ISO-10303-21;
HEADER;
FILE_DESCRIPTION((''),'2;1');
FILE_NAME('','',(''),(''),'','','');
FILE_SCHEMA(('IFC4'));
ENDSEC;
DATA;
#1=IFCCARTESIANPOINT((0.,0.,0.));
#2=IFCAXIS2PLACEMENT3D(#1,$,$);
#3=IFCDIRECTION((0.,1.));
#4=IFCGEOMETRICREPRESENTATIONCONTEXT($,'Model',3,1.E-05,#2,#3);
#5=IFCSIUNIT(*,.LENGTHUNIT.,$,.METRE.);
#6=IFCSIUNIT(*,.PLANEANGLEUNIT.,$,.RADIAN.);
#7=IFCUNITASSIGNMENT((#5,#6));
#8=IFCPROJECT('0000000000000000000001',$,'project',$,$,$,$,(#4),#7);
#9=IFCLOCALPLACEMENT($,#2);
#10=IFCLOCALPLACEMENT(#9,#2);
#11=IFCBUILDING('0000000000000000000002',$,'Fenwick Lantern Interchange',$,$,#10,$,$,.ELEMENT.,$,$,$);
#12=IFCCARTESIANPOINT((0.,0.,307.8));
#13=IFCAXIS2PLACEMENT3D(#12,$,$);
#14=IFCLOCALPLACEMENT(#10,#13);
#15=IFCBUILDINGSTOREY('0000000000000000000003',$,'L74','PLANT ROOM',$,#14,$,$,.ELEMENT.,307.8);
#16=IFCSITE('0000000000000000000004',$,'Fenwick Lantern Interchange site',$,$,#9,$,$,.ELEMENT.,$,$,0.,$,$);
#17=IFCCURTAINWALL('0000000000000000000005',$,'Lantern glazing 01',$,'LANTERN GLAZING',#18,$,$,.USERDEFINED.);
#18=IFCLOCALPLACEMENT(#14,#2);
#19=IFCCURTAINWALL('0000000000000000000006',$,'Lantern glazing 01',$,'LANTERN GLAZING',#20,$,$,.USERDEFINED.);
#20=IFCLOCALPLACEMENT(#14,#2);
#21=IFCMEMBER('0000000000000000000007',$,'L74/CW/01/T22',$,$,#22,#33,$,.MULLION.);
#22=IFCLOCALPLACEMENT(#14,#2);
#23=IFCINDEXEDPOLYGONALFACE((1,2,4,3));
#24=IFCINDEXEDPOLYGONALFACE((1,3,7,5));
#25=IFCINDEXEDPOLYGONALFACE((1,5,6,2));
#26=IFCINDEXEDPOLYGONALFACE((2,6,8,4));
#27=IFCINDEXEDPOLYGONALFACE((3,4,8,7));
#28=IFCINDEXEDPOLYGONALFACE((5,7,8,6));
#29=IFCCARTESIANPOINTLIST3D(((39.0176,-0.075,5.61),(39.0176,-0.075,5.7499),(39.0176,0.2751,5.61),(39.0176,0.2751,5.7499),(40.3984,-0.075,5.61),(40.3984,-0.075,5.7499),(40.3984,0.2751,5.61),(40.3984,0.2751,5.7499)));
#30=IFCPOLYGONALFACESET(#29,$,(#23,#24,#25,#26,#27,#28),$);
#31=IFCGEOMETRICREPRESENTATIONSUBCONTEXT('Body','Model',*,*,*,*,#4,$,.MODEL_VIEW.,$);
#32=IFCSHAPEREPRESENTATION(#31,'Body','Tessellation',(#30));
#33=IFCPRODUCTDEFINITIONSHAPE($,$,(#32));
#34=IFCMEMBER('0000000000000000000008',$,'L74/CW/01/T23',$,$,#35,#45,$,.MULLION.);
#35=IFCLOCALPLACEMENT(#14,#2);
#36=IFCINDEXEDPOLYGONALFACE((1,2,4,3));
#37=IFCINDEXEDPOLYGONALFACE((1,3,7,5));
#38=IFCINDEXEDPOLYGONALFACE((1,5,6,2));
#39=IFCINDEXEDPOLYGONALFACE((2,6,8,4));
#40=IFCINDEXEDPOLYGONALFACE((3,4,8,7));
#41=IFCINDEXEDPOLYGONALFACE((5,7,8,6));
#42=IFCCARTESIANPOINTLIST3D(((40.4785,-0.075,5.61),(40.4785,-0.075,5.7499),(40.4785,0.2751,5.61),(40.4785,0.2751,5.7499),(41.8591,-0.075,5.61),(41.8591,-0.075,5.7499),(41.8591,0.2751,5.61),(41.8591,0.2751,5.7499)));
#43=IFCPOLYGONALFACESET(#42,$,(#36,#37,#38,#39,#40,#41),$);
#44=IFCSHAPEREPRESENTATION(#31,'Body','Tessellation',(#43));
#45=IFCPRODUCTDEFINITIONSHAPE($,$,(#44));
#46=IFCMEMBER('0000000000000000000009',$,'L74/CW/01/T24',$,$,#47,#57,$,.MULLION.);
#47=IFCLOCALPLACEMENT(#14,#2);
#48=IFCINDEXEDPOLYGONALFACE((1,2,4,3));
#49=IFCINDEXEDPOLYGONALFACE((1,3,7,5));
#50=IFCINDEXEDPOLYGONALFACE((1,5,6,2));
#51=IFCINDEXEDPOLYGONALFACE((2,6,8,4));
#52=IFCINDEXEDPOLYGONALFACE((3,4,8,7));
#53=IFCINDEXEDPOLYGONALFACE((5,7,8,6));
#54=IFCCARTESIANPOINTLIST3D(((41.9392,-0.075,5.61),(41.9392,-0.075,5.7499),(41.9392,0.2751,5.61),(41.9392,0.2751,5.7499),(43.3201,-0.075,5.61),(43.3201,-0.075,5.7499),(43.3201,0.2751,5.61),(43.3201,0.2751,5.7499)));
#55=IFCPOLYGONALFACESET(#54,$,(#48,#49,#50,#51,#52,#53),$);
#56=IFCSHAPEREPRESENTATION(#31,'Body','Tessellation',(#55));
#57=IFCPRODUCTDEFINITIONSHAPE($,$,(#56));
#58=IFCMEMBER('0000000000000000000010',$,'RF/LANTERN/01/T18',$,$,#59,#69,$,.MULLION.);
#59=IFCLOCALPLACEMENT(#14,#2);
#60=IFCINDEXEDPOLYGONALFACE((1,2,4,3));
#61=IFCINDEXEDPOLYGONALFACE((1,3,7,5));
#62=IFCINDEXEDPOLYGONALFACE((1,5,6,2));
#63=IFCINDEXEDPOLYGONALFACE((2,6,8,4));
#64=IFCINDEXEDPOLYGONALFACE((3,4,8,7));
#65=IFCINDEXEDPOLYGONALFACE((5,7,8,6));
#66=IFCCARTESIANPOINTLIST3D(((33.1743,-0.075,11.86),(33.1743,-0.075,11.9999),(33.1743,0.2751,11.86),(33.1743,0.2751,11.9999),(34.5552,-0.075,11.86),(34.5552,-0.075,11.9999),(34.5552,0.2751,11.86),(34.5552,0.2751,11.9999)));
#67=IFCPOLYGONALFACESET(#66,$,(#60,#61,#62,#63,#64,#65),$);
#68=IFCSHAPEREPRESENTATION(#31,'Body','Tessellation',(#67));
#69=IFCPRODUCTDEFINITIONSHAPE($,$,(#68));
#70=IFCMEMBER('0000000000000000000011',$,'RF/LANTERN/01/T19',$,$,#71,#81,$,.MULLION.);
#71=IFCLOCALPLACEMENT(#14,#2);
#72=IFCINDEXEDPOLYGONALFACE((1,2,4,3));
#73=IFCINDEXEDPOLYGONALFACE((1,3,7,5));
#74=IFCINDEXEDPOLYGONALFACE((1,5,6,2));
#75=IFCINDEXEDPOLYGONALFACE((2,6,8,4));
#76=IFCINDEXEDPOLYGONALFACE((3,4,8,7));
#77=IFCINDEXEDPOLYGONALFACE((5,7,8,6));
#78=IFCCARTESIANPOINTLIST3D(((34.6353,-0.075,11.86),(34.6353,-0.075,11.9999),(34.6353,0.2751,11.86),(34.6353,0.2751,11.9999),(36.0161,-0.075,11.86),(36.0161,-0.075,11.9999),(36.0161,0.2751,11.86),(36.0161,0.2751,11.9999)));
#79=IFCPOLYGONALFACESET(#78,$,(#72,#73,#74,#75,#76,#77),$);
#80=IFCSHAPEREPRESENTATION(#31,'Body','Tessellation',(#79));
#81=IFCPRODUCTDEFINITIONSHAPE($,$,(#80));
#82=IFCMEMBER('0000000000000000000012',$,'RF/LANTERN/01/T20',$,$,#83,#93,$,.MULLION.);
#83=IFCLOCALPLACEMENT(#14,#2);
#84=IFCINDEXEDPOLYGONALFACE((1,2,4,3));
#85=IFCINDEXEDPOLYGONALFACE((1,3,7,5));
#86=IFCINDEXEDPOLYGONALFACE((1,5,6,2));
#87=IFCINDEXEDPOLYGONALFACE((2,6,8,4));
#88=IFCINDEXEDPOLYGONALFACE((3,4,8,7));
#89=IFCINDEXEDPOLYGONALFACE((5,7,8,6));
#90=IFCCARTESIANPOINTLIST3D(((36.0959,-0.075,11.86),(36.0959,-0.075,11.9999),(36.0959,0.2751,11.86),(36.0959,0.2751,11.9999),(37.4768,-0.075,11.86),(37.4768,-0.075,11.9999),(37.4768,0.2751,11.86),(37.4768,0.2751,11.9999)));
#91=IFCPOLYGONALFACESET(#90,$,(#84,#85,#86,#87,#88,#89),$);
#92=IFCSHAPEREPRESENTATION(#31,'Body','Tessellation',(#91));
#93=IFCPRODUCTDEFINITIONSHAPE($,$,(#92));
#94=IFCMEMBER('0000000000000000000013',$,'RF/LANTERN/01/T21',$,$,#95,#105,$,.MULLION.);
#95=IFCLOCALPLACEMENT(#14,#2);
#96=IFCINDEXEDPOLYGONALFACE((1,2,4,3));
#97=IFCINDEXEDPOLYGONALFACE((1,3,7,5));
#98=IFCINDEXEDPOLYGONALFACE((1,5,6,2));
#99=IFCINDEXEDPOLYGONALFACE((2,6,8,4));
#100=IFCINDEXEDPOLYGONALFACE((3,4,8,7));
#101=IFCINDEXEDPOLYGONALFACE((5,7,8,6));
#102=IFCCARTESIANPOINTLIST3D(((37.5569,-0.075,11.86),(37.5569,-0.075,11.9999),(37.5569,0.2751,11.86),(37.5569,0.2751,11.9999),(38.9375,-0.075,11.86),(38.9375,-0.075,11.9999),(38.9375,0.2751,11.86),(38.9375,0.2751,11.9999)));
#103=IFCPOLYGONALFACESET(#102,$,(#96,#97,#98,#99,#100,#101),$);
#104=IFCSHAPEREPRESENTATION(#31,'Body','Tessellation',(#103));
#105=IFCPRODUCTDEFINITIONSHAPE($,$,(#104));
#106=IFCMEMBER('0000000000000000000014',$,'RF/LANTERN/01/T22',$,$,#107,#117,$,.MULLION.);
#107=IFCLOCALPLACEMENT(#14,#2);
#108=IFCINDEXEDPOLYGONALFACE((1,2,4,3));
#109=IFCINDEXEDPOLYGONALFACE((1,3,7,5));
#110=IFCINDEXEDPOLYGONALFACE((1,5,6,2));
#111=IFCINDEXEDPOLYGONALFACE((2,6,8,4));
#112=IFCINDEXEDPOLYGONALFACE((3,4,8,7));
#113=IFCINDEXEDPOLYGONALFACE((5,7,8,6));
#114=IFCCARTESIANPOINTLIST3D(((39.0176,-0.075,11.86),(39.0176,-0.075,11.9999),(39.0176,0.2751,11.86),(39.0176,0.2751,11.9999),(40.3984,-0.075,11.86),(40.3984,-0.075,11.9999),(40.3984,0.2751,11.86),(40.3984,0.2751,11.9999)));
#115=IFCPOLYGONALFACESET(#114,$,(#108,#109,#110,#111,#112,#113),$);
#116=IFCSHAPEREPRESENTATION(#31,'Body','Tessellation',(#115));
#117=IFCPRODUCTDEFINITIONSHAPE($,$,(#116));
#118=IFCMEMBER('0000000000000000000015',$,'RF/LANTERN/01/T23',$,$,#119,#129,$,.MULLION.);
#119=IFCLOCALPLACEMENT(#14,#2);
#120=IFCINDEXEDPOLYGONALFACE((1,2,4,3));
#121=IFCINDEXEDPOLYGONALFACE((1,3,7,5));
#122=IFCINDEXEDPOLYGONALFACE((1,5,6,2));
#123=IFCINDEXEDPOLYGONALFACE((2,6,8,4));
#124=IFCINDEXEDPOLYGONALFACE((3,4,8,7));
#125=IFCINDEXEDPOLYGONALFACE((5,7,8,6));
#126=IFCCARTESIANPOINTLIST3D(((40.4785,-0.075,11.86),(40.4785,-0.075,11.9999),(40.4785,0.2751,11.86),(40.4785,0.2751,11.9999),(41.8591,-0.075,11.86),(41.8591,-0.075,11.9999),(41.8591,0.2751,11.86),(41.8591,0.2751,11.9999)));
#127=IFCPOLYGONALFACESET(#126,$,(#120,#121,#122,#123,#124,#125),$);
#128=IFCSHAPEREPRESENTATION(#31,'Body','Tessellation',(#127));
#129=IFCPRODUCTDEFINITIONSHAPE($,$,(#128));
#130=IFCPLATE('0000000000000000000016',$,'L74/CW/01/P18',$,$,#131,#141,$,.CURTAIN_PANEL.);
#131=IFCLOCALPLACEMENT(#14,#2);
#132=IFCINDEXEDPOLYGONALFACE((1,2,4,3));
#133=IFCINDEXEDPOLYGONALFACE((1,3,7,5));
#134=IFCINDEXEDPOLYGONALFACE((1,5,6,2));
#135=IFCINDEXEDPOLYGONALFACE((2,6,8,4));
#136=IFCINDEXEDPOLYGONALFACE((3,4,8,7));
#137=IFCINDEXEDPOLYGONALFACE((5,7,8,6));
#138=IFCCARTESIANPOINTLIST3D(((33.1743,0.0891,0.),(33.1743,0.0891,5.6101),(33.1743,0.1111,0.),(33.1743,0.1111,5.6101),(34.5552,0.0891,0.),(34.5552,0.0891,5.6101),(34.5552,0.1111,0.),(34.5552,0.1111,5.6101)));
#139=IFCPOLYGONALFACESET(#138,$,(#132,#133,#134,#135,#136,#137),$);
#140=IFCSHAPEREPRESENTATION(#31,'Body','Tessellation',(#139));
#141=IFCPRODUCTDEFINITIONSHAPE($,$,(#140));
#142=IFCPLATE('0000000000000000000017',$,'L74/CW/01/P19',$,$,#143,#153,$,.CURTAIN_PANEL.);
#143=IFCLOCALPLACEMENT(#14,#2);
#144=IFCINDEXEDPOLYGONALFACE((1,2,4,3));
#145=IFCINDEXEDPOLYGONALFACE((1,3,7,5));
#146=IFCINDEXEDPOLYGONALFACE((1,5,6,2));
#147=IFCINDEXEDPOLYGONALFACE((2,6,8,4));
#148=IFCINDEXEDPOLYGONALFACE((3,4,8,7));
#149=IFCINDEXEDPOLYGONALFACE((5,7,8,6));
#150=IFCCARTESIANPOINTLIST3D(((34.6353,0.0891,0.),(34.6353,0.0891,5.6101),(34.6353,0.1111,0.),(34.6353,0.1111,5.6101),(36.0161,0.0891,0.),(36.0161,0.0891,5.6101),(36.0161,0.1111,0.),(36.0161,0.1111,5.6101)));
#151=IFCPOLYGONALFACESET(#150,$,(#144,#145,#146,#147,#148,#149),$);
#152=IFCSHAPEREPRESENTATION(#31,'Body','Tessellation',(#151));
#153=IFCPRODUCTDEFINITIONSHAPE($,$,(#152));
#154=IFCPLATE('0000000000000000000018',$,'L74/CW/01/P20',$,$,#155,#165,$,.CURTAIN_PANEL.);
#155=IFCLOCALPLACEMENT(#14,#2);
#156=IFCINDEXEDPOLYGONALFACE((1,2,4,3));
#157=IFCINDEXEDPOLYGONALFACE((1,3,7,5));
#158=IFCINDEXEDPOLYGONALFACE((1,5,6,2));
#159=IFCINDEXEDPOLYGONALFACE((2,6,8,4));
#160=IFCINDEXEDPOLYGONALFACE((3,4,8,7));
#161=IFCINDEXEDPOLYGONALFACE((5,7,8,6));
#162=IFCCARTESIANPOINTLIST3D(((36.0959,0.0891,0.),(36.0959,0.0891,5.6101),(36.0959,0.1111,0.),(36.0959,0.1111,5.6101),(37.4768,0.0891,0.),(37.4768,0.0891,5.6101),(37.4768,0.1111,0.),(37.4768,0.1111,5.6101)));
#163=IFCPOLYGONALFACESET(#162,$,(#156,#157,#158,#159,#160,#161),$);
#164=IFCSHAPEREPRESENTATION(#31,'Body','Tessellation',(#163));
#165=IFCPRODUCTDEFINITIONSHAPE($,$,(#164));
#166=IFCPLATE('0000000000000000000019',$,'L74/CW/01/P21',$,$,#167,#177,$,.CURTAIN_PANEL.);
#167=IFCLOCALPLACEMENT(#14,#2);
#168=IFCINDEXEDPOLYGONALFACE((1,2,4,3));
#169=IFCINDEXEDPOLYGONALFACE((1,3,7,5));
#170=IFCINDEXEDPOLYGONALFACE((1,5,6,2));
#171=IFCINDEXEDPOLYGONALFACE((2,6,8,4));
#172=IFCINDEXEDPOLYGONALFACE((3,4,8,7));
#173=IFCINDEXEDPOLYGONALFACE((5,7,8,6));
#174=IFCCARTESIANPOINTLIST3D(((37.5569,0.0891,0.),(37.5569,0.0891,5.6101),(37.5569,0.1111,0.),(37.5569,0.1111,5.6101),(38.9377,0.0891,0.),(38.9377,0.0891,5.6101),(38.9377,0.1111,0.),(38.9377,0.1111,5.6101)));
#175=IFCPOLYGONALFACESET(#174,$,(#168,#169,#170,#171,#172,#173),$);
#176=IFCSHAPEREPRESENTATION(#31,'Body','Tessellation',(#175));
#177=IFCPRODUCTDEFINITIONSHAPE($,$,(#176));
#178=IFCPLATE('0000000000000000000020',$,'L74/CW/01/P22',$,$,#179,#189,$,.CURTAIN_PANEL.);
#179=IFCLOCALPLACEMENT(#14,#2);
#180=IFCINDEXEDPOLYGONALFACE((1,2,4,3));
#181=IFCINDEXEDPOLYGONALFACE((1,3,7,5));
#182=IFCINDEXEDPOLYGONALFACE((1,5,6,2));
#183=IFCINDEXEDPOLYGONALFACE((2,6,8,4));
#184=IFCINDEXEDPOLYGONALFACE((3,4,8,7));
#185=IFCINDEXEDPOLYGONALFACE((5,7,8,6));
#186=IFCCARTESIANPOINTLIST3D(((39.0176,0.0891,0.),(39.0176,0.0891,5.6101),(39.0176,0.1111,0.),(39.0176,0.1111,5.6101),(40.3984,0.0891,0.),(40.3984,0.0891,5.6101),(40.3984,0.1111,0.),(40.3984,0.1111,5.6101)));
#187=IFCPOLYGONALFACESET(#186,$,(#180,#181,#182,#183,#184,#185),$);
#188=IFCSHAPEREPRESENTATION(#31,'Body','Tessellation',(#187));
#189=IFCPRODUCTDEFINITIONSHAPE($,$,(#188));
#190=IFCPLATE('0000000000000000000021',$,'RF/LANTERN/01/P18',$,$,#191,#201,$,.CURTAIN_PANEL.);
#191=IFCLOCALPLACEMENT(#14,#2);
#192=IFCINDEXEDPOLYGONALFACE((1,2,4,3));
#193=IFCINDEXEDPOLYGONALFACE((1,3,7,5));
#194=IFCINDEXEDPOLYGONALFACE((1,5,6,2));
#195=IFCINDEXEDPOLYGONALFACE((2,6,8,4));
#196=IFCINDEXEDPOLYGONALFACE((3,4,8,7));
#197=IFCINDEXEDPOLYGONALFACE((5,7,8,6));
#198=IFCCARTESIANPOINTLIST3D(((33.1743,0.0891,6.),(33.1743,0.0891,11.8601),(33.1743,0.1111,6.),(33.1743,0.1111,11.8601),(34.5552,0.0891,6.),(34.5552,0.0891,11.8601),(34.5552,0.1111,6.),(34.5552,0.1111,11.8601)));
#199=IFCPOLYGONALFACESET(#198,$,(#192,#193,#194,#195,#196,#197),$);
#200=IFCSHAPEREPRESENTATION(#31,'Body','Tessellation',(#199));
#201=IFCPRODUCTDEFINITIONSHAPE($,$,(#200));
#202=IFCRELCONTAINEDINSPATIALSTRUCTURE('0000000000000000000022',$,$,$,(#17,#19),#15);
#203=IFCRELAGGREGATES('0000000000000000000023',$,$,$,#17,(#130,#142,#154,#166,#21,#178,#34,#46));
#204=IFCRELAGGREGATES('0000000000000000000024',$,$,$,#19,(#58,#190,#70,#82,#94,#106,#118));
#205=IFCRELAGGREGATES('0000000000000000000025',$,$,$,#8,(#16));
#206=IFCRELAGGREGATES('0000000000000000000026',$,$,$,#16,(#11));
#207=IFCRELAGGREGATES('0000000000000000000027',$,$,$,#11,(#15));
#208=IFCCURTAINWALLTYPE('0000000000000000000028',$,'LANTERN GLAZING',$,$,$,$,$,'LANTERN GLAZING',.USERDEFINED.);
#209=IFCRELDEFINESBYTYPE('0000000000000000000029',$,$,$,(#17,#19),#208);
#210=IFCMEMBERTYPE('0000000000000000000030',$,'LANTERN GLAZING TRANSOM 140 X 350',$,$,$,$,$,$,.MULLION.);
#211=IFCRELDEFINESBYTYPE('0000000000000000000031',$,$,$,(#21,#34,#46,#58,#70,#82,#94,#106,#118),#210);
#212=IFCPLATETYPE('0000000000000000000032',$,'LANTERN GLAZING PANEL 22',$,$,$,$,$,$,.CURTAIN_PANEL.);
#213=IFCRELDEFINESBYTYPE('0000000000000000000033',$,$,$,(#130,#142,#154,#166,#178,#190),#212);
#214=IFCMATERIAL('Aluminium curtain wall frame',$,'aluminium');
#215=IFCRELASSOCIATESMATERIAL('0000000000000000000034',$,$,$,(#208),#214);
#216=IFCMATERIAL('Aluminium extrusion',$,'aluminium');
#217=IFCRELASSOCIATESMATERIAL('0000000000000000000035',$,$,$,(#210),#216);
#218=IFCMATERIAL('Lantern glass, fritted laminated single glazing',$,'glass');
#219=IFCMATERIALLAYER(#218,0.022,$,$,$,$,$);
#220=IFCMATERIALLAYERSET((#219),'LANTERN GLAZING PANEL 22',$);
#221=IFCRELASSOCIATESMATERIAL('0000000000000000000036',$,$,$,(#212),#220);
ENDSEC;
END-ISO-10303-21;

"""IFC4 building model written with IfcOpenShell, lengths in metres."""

from ifc_helpers import new_model, si_unit, direction, frame, origin, origin_2d, place, context, subcontext, project, spatial, rectangle, extrude, material, layer, layer_set, material_profile, profile_set, type_object, element, aggregate, save


model = new_model("IFC4")

# Units and contexts
model_context = context("Model", 3, precision=1e-05, world=origin(), true_north=direction((0.0, 1.0)))
body_context = subcontext(model_context, "Body", "Model", "MODEL_VIEW")
ifc_project = project(units=[si_unit("LENGTHUNIT", "METRE"), si_unit("PLANEANGLEUNIT", "RADIAN")], contexts=[model_context])

# Site, building, storey
site_placement = place(None, origin())
site = spatial("IfcSite", under=ifc_project, at=site_placement, Name="Fenwick Lantern Interchange site", CompositionType="ELEMENT", RefElevation=0.0)
building_placement = place(site_placement, origin())
building = spatial("IfcBuilding", under=site, at=building_placement, Name="Fenwick Lantern Interchange", CompositionType="ELEMENT")
storey_placement = place(building_placement, frame((0.0, 0.0, 307.8)))
storey = spatial("IfcBuildingStorey", under=building, at=storey_placement, Name="L74", Description="PLANT ROOM", CompositionType="ELEMENT", Elevation=307.8)

# Curtain walls
ifc_material_1 = material(Name="Aluminium curtain wall frame", Category="aluminium")
curtain_wall_type = type_object("IfcCurtainWallType", Name="LANTERN GLAZING", ElementType="LANTERN GLAZING", PredefinedType="USERDEFINED", material=ifc_material_1)
curtain_wall_1_placement = place(storey_placement, origin())
curtain_wall_1 = element("IfcCurtainWall", 1, at=curtain_wall_1_placement, inside=storey, type_object=curtain_wall_type, Name="Lantern glazing 01", ObjectType="LANTERN GLAZING", PredefinedType="USERDEFINED")
ifc_material_2 = material(Name="Aluminium extrusion", Category="aluminium")
curtain_wall_2_placement = place(storey_placement, origin())
curtain_wall_2 = element("IfcCurtainWall", 2, at=curtain_wall_2_placement, inside=storey, type_object=curtain_wall_type, Name="Lantern glazing 01", ObjectType="LANTERN GLAZING", PredefinedType="USERDEFINED")

# Members
ifc_material_profile_1 = material_profile(ifc_material_2, rectangle(XDim=0.3501, YDim=0.1399, at=origin_2d()), Name="LANTERN GLAZING TRANSOM 140 X 350")
ifc_profile_set_1 = profile_set([ifc_material_profile_1], Name="Aluminium extrusion")
member_type_1 = type_object("IfcMemberType", Name="LANTERN GLAZING TRANSOM 140 X 350", PredefinedType="MULLION", material=ifc_profile_set_1)
member_1_placement = place(storey_placement, frame((39.0176, 0.1001, 5.6799), z_axis=(1.0, 0.0, 0.0), x_axis=(0.0, 1.0, 0.0)))
member_1 = element("IfcMember", 3, at=member_1_placement, type_object=member_type_1, Name="L74/CW/01/T22", PredefinedType="MULLION", context=body_context, shape_type="SweptSolid", body=[
    extrude(rectangle(XDim=0.3501, YDim=0.1399, at=origin_2d()), origin(), (0.0, 0.0, 1.0), 1.3809),
])
member_2_placement = place(storey_placement, frame((40.4785, 0.1001, 5.6799), z_axis=(1.0, 0.0, 0.0), x_axis=(0.0, 1.0, 0.0)))
member_2 = element("IfcMember", 4, at=member_2_placement, type_object=member_type_1, Name="L74/CW/01/T23", PredefinedType="MULLION", context=body_context, shape_type="SweptSolid", body=[
    extrude(rectangle(XDim=0.3501, YDim=0.1399, at=origin_2d()), origin(), (0.0, 0.0, 1.0), 1.3806),
])
member_3_placement = place(storey_placement, frame((41.9392, 0.1001, 5.6799), z_axis=(1.0, 0.0, 0.0), x_axis=(0.0, 1.0, 0.0)))
member_3 = element("IfcMember", 5, at=member_3_placement, type_object=member_type_1, Name="L74/CW/01/T24", PredefinedType="MULLION", context=body_context, shape_type="SweptSolid", body=[
    extrude(rectangle(XDim=0.3501, YDim=0.1399, at=origin_2d()), origin(), (0.0, 0.0, 1.0), 1.3809),
])
member_4_placement = place(storey_placement, frame((33.1743, 0.1001, 11.9299), z_axis=(1.0, 0.0, 0.0), x_axis=(0.0, 1.0, 0.0)))
member_4 = element("IfcMember", 6, at=member_4_placement, type_object=member_type_1, Name="RF/LANTERN/01/T18", PredefinedType="MULLION", context=body_context, shape_type="SweptSolid", body=[
    extrude(rectangle(XDim=0.3501, YDim=0.1399, at=origin_2d()), origin(), (0.0, 0.0, 1.0), 1.3809),
])
member_5_placement = place(storey_placement, frame((34.6353, 0.1001, 11.9299), z_axis=(1.0, 0.0, 0.0), x_axis=(0.0, 1.0, 0.0)))
member_5 = element("IfcMember", 7, at=member_5_placement, type_object=member_type_1, Name="RF/LANTERN/01/T19", PredefinedType="MULLION", context=body_context, shape_type="SweptSolid", body=[
    extrude(rectangle(XDim=0.3501, YDim=0.1399, at=origin_2d()), origin(), (0.0, 0.0, 1.0), 1.3809),
])
member_6_placement = place(storey_placement, frame((36.0959, 0.1001, 11.9299), z_axis=(1.0, 0.0, 0.0), x_axis=(0.0, 1.0, 0.0)))
member_6 = element("IfcMember", 8, at=member_6_placement, type_object=member_type_1, Name="RF/LANTERN/01/T20", PredefinedType="MULLION", context=body_context, shape_type="SweptSolid", body=[
    extrude(rectangle(XDim=0.3501, YDim=0.1399, at=origin_2d()), origin(), (0.0, 0.0, 1.0), 1.3809),
])
member_7_placement = place(storey_placement, frame((37.5569, 0.1001, 11.9299), z_axis=(1.0, 0.0, 0.0), x_axis=(0.0, 1.0, 0.0)))
member_7 = element("IfcMember", 9, at=member_7_placement, type_object=member_type_1, Name="RF/LANTERN/01/T21", PredefinedType="MULLION", context=body_context, shape_type="SweptSolid", body=[
    extrude(rectangle(XDim=0.3501, YDim=0.1399, at=origin_2d()), origin(), (0.0, 0.0, 1.0), 1.3806),
])
member_8_placement = place(storey_placement, frame((39.0176, 0.1001, 11.9299), z_axis=(1.0, 0.0, 0.0), x_axis=(0.0, 1.0, 0.0)))
member_8 = element("IfcMember", 10, at=member_8_placement, type_object=member_type_1, Name="RF/LANTERN/01/T22", PredefinedType="MULLION", context=body_context, shape_type="SweptSolid", body=[
    extrude(rectangle(XDim=0.3501, YDim=0.1399, at=origin_2d()), origin(), (0.0, 0.0, 1.0), 1.3809),
])
member_9_placement = place(storey_placement, frame((40.4785, 0.1001, 11.9299), z_axis=(1.0, 0.0, 0.0), x_axis=(0.0, 1.0, 0.0)))
member_9 = element("IfcMember", 11, at=member_9_placement, type_object=member_type_1, Name="RF/LANTERN/01/T23", PredefinedType="MULLION", context=body_context, shape_type="SweptSolid", body=[
    extrude(rectangle(XDim=0.3501, YDim=0.1399, at=origin_2d()), origin(), (0.0, 0.0, 1.0), 1.3806),
])

# Plates
ifc_material_3 = material(Name="Lantern glass, fritted laminated single glazing", Category="glass")
ifc_layer = layer(ifc_material_3, 0.022)
ifc_layer_set = layer_set([ifc_layer], Name="LANTERN GLAZING PANEL 22")
plate_type = type_object("IfcPlateType", Name="LANTERN GLAZING PANEL 22", PredefinedType="CURTAIN_PANEL", material=ifc_layer_set)
plate_1_placement = place(storey_placement, frame((33.8647, 0.1001, 0.0), z_axis=(0.0, 0.0, 1.0), x_axis=(1.0, 0.0, 0.0)))
plate_1 = element("IfcPlate", 12, at=plate_1_placement, type_object=plate_type, Name="L74/CW/01/P18", PredefinedType="CURTAIN_PANEL", context=body_context, shape_type="SweptSolid", body=[
    extrude(rectangle(XDim=1.3809, YDim=0.022, at=origin_2d()), origin(), (0.0, 0.0, 1.0), 5.6101),
])
plate_2_placement = place(storey_placement, frame((35.3257, 0.1001, 0.0), z_axis=(0.0, 0.0, 1.0), x_axis=(1.0, 0.0, 0.0)))
plate_2 = element("IfcPlate", 13, at=plate_2_placement, type_object=plate_type, Name="L74/CW/01/P19", PredefinedType="CURTAIN_PANEL", context=body_context, shape_type="SweptSolid", body=[
    extrude(rectangle(XDim=1.3809, YDim=0.022, at=origin_2d()), origin(), (0.0, 0.0, 1.0), 5.6101),
])
plate_3_placement = place(storey_placement, frame((36.7864, 0.1001, 0.0), z_axis=(0.0, 0.0, 1.0), x_axis=(1.0, 0.0, 0.0)))
plate_3 = element("IfcPlate", 14, at=plate_3_placement, type_object=plate_type, Name="L74/CW/01/P20", PredefinedType="CURTAIN_PANEL", context=body_context, shape_type="SweptSolid", body=[
    extrude(rectangle(XDim=1.3809, YDim=0.022, at=origin_2d()), origin(), (0.0, 0.0, 1.0), 5.6101),
])
plate_4_placement = place(storey_placement, frame((38.2473, 0.1001, 0.0), z_axis=(0.0, 0.0, 1.0), x_axis=(1.0, 0.0, 0.0)))
plate_4 = element("IfcPlate", 15, at=plate_4_placement, type_object=plate_type, Name="L74/CW/01/P21", PredefinedType="CURTAIN_PANEL", context=body_context, shape_type="SweptSolid", body=[
    extrude(rectangle(XDim=1.3809, YDim=0.022, at=origin_2d()), origin(), (0.0, 0.0, 1.0), 5.6101),
])
plate_5_placement = place(storey_placement, frame((39.708, 0.1001, 0.0), z_axis=(0.0, 0.0, 1.0), x_axis=(1.0, 0.0, 0.0)))
plate_5 = element("IfcPlate", 16, at=plate_5_placement, type_object=plate_type, Name="L74/CW/01/P22", PredefinedType="CURTAIN_PANEL", context=body_context, shape_type="SweptSolid", body=[
    extrude(rectangle(XDim=1.3809, YDim=0.022, at=origin_2d()), origin(), (0.0, 0.0, 1.0), 5.6101),
])
aggregate(curtain_wall_1, [plate_1, plate_2, plate_3, plate_4, member_1, plate_5, member_2, member_3])
plate_6_placement = place(storey_placement, frame((33.8647, 0.1001, 6.0), z_axis=(0.0, 0.0, 1.0), x_axis=(1.0, 0.0, 0.0)))
plate_6 = element("IfcPlate", 17, at=plate_6_placement, type_object=plate_type, Name="RF/LANTERN/01/P18", PredefinedType="CURTAIN_PANEL", context=body_context, shape_type="SweptSolid", body=[
    extrude(rectangle(XDim=1.3809, YDim=0.022, at=origin_2d()), origin(), (0.0, 0.0, 1.0), 5.8601),
])
aggregate(curtain_wall_2, [member_4, plate_6, member_5, member_6, member_7, member_8, member_9])

save(model, "model.ifc")
